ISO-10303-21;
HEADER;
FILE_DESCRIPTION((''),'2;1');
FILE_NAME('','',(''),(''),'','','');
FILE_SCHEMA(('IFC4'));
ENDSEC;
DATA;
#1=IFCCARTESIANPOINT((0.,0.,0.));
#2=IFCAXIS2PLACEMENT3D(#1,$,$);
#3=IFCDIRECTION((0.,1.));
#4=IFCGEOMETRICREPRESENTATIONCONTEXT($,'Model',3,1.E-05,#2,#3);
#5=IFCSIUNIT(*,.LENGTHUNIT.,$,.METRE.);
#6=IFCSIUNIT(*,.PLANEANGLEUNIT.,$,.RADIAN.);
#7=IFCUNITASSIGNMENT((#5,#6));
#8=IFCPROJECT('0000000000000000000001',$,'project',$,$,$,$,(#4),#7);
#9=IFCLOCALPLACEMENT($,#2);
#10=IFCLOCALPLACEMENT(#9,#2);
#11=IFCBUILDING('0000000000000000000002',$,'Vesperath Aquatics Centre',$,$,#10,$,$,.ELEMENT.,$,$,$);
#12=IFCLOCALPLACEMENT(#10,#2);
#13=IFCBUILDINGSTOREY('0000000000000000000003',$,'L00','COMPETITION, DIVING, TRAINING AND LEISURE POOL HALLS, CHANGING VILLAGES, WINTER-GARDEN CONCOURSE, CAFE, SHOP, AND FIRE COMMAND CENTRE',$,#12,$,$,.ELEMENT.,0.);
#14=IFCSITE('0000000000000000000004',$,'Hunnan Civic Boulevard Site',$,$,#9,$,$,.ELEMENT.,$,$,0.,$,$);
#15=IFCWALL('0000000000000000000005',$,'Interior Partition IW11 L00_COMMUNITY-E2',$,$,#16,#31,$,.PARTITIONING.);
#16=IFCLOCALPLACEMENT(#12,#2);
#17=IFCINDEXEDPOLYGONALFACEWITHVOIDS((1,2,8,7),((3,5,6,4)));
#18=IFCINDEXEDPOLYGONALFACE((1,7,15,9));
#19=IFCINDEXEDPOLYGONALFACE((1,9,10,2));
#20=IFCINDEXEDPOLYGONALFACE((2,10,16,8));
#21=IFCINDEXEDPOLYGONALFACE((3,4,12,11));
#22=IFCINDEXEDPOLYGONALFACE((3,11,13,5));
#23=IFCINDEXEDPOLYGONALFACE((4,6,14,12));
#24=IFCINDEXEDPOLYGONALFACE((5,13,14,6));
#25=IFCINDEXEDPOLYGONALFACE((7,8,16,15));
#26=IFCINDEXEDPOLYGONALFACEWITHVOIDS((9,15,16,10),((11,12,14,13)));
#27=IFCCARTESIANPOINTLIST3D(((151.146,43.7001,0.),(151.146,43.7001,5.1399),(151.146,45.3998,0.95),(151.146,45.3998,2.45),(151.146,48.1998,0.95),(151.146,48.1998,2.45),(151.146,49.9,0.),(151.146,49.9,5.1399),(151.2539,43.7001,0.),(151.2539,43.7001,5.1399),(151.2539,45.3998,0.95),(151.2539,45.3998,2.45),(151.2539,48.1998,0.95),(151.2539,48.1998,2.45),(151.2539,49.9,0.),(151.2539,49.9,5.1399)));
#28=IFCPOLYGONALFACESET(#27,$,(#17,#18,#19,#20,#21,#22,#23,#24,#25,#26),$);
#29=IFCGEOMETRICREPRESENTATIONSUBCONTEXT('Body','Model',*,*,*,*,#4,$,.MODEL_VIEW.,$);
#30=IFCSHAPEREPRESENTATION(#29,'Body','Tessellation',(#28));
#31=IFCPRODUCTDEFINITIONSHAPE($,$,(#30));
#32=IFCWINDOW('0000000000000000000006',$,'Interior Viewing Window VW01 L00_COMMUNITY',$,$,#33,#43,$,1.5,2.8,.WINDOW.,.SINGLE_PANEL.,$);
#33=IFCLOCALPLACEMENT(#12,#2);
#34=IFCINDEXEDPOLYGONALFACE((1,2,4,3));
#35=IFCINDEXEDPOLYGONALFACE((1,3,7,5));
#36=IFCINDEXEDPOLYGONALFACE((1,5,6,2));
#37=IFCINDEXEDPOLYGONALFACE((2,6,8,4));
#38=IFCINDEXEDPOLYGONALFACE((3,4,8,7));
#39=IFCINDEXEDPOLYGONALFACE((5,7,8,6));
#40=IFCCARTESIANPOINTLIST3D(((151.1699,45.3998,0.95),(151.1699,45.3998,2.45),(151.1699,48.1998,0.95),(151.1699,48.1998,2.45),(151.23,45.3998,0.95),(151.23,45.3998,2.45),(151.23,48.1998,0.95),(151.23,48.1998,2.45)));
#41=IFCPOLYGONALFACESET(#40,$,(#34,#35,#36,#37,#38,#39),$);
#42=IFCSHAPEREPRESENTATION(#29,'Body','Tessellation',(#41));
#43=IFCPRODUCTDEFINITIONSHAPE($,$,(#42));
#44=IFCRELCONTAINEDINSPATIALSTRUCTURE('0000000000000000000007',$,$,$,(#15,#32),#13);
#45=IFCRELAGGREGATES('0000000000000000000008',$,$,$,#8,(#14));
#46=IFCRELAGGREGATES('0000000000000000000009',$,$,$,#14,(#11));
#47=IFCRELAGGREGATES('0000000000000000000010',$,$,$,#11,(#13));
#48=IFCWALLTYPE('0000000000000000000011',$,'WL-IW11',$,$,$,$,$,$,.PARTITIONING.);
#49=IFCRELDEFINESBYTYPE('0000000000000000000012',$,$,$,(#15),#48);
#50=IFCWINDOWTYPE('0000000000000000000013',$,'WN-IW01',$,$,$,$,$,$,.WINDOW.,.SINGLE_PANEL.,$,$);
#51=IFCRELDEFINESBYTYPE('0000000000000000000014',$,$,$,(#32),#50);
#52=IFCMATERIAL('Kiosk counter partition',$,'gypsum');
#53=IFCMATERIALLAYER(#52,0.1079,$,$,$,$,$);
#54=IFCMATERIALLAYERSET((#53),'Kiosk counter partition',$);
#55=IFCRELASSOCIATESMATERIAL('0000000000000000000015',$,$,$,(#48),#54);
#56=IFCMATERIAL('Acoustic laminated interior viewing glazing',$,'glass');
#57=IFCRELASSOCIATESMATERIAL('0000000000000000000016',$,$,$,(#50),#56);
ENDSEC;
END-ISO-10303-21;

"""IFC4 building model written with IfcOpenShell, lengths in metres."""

from ifc_helpers import new_model, si_unit, direction, frame, frame_2d, origin, place, context, subcontext, project, spatial, rectangle, extrude, material, layer, layer_set, type_object, element, fill, save


model = new_model("IFC4")

# Units and contexts
model_context = context("Model", 3, precision=1e-05, world=origin(), true_north=direction((0.0, 1.0)))
body_context = subcontext(model_context, "Body", "Model", "MODEL_VIEW")
ifc_project = project(units=[si_unit("LENGTHUNIT", "METRE"), si_unit("PLANEANGLEUNIT", "RADIAN")], contexts=[model_context])

# Site, building, storey
site_placement = place(None, origin())
site = spatial("IfcSite", under=ifc_project, at=site_placement, Name="Hunnan Civic Boulevard Site", CompositionType="ELEMENT", RefElevation=0.0)
building_placement = place(site_placement, origin())
building = spatial("IfcBuilding", under=site, at=building_placement, Name="Vesperath Aquatics Centre", CompositionType="ELEMENT")
storey_placement = place(building_placement, origin())
storey = spatial("IfcBuildingStorey", under=building, at=storey_placement, Name="L00", Description="COMPETITION, DIVING, TRAINING AND LEISURE POOL HALLS, CHANGING VILLAGES, WINTER-GARDEN CONCOURSE, CAFE, SHOP, AND FIRE COMMAND CENTRE", CompositionType="ELEMENT", Elevation=0.0)

# Shared definitions
ifc_material_1 = material(Name="Acoustic laminated interior viewing glazing", Category="glass")

# Wall, opening, window
ifc_material_2 = material(Name="Kiosk counter partition", Category="gypsum")
ifc_layer_1 = layer(ifc_material_2, 0.1079)
ifc_layer_set_1 = layer_set([ifc_layer_1], Name="Kiosk counter partition")
wall_type_1 = type_object("IfcWallType", Name="WL-IW11", PredefinedType="PARTITIONING", material=ifc_layer_set_1)
wall_1_placement = place(storey_placement, frame((151.2, 43.7, 0.0), z_axis=(0.0, 0.0, 1.0), x_axis=(0.0, 1.0, 0.0)))
wall_1 = element("IfcWall", 1, at=wall_1_placement, inside=storey, type_object=wall_type_1, Name="Interior Partition IW11 L00_COMMUNITY-E2", PredefinedType="PARTITIONING", context=body_context, shape_type="SweptSolid", body=[
    extrude(rectangle(XDim=6.2, YDim=0.1079, at=frame_2d((3.1001, 0.0))), origin(), (0.0, 0.0, 1.0), 5.1399),
])
opening_1_placement = place(wall_1_placement, frame((1.7, 0.0, 0.95)))
opening_1 = element("IfcOpeningElement", 2, at=opening_1_placement, cuts=wall_1, PredefinedType="OPENING", context=body_context, shape_type="SweptSolid", body=[
    extrude(rectangle(XDim=2.8, YDim=1.5, at=frame_2d((1.3999, 0.75))), frame((0.0, 0.0688, 0.0), z_axis=(0.0, -1.0, 0.0), x_axis=(1.0, 0.0, 0.0)), (0.0, 0.0, 1.0), 0.1377),
])
window_type_1 = type_object("IfcWindowType", Name="WN-IW01", PartitioningType="SINGLE_PANEL", PredefinedType="WINDOW", material=ifc_material_1)
window_1_placement = place(opening_1_placement, origin())
window_1 = element("IfcWindow", 3, at=window_1_placement, inside=storey, type_object=window_type_1, Name="Interior Viewing Window VW01 L00_COMMUNITY", OverallHeight=1.5, OverallWidth=2.8, PartitioningType="SINGLE_PANEL", PredefinedType="WINDOW", context=body_context, shape_type="SweptSolid", body=[
    extrude(rectangle(XDim=2.8, YDim=1.5, at=frame_2d((1.3999, 0.75))), frame((0.0, 0.03, 0.0), z_axis=(0.0, -1.0, 0.0), x_axis=(1.0, 0.0, 0.0)), (0.0, 0.0, 1.0), 0.0601),
])
fill(opening_1, window_1)

save(model, "model.ifc")
